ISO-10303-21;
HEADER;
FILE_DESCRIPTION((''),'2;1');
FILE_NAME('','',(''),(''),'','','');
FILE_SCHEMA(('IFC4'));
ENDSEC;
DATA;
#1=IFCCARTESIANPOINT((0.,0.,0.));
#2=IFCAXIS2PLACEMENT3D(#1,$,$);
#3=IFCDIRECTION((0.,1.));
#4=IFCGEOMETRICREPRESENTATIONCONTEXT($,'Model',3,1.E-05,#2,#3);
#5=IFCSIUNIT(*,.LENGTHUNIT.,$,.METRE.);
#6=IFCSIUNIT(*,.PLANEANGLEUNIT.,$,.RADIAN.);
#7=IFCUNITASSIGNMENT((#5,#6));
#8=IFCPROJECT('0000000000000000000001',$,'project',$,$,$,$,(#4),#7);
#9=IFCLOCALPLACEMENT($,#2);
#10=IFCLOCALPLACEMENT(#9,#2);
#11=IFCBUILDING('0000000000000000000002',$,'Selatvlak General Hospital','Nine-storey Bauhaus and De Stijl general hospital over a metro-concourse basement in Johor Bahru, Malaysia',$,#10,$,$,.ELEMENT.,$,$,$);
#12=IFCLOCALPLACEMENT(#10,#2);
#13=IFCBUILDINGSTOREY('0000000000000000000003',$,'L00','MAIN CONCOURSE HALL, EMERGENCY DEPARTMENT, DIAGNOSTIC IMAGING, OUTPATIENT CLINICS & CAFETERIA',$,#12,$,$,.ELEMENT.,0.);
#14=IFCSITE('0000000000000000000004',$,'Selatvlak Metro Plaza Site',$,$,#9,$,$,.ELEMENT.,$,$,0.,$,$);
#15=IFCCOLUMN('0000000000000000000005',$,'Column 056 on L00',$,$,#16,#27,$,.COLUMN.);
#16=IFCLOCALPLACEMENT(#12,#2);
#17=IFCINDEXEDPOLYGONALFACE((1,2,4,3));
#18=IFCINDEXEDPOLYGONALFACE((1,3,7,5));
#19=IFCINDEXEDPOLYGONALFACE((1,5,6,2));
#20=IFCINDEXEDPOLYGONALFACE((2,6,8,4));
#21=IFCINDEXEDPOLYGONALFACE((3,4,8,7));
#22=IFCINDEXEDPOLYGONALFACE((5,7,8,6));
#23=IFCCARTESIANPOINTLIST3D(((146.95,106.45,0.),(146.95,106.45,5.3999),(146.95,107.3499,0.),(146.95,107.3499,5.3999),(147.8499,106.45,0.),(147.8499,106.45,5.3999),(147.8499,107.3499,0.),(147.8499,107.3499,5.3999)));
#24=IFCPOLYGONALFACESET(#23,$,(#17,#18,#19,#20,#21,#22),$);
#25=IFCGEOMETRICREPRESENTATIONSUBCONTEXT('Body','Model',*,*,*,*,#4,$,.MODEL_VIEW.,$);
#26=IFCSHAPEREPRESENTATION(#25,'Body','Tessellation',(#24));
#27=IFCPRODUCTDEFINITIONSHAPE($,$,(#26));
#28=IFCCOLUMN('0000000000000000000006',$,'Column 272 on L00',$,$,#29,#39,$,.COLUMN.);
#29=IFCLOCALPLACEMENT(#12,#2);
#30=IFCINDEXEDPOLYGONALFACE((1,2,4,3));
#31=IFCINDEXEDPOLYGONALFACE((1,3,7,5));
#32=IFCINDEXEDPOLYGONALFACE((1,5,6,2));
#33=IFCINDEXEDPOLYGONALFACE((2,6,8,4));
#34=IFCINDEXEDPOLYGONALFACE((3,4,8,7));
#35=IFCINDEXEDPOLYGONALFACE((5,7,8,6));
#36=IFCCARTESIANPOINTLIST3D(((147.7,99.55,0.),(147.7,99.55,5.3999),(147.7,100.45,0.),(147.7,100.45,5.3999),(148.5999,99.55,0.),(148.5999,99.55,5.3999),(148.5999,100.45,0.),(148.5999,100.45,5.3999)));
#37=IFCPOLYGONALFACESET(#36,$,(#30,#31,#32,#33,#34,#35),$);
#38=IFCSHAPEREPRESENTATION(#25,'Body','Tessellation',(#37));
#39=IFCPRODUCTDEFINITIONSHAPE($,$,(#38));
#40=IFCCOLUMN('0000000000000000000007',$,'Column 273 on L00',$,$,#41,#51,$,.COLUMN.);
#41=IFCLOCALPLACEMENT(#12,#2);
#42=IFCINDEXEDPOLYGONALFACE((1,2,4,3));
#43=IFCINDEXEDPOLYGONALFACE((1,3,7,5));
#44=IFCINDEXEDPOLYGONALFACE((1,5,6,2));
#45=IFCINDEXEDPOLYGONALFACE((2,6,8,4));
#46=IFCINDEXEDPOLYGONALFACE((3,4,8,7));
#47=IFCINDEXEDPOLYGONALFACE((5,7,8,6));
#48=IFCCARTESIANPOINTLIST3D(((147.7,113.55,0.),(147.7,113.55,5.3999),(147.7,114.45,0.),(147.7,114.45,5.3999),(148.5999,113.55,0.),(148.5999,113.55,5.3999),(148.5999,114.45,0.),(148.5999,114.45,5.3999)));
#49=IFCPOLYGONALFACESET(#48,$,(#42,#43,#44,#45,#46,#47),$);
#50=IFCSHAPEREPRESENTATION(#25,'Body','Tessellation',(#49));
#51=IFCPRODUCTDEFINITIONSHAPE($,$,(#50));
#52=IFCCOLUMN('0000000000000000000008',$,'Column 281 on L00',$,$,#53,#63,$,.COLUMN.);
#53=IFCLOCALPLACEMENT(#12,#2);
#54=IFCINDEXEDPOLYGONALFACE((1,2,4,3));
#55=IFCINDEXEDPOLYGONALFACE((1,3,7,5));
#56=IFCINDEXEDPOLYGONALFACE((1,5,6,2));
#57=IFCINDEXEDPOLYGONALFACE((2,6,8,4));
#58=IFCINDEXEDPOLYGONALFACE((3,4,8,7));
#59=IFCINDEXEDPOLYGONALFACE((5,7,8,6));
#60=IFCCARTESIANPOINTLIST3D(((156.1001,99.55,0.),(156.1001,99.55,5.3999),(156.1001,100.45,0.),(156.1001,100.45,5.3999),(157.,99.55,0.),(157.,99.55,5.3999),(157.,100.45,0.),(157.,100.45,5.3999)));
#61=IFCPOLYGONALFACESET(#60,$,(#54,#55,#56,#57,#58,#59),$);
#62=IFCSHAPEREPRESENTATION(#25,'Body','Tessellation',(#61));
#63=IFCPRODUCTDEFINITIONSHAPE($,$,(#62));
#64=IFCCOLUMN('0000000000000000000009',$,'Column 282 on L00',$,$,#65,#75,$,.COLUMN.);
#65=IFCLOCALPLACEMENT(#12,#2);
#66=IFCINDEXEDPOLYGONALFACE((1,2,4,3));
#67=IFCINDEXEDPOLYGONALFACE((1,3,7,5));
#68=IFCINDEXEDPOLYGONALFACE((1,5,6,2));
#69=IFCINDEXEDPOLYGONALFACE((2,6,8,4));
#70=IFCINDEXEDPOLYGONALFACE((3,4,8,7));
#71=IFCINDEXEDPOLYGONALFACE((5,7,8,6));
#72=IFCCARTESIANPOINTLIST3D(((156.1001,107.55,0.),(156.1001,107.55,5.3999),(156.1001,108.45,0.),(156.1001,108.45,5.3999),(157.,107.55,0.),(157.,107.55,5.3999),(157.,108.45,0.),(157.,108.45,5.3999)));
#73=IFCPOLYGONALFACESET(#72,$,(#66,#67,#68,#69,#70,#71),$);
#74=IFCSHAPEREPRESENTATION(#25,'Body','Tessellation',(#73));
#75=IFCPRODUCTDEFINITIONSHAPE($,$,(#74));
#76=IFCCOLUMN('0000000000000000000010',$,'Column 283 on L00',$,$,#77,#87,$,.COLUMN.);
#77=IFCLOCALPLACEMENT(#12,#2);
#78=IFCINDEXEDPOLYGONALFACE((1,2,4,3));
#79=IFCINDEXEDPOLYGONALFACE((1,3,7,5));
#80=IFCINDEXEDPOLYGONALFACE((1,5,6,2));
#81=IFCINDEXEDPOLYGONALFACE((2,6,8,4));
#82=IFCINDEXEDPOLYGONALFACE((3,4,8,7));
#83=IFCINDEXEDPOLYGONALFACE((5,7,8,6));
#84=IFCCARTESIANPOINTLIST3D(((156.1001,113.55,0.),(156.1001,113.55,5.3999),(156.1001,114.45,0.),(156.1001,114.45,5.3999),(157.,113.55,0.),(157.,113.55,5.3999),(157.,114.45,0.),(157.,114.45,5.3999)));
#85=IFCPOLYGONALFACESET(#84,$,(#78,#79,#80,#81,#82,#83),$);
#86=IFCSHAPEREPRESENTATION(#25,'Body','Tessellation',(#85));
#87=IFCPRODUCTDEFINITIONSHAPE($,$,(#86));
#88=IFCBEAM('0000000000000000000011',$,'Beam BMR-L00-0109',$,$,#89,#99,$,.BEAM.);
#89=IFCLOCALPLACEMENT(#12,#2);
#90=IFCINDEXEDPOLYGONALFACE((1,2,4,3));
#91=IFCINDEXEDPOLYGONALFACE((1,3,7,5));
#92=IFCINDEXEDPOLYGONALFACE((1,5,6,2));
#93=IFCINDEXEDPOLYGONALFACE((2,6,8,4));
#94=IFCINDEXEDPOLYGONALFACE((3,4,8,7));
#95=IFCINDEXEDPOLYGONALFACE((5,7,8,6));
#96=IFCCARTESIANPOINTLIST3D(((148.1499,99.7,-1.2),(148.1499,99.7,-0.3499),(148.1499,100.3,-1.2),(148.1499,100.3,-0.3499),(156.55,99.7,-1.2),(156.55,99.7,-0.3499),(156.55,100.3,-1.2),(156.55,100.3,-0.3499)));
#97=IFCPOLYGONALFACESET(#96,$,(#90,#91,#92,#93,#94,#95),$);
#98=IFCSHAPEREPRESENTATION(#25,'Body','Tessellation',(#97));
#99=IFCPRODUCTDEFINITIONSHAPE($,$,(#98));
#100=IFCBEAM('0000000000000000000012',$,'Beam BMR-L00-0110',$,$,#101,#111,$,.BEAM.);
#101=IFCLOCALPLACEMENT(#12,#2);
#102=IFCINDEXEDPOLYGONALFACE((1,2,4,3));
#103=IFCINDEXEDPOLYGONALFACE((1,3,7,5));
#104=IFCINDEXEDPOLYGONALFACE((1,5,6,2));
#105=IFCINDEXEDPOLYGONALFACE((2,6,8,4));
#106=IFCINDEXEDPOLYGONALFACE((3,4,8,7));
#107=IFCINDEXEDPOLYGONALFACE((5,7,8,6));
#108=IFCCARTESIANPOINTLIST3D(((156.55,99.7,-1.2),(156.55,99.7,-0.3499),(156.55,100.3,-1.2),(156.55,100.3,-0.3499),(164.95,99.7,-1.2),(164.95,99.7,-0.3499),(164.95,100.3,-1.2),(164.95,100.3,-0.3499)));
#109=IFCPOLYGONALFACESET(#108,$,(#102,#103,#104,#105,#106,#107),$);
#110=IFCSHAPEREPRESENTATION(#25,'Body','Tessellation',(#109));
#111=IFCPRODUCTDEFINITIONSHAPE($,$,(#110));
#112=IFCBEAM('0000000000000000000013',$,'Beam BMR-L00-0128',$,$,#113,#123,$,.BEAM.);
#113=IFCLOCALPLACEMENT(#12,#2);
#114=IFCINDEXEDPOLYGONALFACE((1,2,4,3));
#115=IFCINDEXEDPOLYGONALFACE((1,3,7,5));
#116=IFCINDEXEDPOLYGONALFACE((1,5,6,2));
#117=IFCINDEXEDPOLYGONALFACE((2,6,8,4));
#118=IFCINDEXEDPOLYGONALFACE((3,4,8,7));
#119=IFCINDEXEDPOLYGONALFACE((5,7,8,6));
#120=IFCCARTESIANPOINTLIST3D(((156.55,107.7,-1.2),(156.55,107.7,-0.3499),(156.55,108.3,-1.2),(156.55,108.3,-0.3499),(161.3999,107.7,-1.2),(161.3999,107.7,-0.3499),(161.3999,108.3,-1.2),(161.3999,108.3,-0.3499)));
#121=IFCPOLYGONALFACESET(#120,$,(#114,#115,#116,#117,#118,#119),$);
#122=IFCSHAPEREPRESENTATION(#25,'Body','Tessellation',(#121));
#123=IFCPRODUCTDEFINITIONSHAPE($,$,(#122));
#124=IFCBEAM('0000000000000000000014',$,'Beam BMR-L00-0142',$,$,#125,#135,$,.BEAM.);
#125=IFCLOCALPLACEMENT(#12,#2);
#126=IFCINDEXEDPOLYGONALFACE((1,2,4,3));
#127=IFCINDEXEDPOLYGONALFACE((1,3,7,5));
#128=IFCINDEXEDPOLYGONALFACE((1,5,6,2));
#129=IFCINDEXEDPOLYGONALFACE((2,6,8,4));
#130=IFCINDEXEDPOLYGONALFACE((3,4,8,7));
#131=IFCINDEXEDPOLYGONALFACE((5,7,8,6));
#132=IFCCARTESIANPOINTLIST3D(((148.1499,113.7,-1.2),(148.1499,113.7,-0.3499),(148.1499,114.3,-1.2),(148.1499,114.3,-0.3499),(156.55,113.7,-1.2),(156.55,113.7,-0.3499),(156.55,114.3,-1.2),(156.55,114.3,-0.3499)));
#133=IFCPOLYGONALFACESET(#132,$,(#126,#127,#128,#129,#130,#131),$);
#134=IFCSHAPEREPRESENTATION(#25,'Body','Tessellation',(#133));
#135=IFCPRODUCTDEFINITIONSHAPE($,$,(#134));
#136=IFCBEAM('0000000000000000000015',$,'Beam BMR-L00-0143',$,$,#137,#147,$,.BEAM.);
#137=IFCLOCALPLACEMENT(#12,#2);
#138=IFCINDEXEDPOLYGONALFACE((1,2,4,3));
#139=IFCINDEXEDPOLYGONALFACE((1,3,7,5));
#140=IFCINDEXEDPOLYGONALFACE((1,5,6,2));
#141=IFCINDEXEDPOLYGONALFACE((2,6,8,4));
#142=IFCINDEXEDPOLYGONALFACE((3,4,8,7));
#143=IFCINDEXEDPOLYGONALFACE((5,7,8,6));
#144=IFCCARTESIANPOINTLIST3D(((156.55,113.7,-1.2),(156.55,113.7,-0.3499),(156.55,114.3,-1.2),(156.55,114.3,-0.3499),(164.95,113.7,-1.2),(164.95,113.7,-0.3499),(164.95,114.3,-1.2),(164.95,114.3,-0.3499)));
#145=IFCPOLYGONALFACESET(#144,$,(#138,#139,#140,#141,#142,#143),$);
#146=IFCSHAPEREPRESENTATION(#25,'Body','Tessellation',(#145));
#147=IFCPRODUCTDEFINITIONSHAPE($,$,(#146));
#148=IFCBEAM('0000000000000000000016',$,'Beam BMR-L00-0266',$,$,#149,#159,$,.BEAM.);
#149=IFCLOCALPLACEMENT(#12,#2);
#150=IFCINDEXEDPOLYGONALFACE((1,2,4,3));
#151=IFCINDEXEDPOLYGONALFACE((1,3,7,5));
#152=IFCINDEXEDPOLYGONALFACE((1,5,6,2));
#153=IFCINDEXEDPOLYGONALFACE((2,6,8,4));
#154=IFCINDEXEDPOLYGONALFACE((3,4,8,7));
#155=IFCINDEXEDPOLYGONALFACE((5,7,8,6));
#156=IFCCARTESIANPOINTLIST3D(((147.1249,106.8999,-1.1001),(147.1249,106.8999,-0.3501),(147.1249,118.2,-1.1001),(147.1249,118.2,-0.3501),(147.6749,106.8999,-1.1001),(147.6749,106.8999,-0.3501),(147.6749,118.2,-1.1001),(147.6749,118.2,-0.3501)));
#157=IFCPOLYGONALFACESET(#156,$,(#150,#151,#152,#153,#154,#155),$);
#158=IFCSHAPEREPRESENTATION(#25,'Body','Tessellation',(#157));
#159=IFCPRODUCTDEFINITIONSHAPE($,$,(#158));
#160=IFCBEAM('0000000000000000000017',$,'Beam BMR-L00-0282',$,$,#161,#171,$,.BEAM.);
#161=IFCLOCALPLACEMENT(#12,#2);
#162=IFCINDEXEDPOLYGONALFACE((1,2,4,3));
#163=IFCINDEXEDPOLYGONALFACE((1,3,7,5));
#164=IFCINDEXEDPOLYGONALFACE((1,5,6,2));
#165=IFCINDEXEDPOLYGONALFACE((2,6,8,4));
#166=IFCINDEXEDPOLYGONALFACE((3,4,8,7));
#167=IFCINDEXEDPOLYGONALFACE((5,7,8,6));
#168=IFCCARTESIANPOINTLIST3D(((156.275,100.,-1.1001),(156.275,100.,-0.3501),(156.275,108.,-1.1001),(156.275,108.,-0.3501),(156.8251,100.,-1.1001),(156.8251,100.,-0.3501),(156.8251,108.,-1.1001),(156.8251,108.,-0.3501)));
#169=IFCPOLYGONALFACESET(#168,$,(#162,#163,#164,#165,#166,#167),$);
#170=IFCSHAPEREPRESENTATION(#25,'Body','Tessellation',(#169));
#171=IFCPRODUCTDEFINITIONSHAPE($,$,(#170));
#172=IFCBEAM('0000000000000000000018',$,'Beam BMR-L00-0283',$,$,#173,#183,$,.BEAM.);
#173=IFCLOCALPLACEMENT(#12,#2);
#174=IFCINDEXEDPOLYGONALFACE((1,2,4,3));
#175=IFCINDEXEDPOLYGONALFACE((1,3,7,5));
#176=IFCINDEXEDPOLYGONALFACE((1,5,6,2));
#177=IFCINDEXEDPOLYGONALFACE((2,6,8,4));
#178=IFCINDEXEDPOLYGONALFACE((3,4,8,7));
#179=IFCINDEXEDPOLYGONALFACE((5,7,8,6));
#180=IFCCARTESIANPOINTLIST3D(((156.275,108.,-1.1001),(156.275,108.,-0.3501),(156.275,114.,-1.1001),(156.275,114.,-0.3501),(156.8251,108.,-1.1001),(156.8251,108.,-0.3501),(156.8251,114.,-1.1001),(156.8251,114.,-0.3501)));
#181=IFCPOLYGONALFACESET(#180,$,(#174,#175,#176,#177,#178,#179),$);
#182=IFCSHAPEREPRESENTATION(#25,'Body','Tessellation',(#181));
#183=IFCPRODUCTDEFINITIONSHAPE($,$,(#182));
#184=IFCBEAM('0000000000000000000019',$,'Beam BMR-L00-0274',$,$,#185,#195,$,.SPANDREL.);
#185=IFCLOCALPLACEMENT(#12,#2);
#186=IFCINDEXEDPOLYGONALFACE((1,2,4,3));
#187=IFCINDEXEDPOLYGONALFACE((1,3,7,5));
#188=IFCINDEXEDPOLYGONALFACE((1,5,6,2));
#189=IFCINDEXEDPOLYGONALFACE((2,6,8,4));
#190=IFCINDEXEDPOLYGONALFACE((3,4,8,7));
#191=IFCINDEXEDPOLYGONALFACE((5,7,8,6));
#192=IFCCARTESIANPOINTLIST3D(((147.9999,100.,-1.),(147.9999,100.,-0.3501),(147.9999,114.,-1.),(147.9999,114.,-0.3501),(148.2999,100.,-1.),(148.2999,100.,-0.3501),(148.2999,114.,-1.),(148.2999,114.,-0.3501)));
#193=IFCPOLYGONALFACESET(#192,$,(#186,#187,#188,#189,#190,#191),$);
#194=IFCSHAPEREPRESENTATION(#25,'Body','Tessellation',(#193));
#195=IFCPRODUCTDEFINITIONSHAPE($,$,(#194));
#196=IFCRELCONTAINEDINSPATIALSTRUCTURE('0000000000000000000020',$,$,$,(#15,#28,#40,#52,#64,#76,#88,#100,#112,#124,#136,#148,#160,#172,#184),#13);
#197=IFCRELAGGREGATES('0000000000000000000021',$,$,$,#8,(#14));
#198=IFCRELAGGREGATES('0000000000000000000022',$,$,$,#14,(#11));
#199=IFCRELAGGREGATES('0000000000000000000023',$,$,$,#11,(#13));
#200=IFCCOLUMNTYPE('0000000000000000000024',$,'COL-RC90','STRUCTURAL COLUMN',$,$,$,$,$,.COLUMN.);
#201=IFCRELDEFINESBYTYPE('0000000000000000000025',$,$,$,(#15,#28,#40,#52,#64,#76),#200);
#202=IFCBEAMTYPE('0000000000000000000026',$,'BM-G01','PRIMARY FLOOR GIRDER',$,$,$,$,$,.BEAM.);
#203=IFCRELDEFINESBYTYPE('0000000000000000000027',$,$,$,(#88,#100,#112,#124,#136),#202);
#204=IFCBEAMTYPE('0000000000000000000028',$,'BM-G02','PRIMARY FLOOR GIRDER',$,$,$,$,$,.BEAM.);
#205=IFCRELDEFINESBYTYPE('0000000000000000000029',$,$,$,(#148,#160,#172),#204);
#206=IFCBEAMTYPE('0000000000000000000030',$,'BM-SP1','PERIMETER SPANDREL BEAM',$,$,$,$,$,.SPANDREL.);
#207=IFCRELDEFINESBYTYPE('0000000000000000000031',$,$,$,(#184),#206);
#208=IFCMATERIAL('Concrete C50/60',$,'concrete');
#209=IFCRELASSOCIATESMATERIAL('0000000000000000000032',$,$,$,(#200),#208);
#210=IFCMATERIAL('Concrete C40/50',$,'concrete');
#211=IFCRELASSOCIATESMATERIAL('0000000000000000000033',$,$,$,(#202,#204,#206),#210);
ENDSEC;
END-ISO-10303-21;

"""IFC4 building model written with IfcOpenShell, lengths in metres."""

from ifc_helpers import new_model, si_unit, direction, frame, origin, origin_2d, place, context, subcontext, project, spatial, rectangle, extrude, material, material_profile, profile_set, type_object, element, save


model = new_model("IFC4")

# Units and contexts
model_context = context("Model", 3, precision=1e-05, world=origin(), true_north=direction((0.0, 1.0)))
body_context = subcontext(model_context, "Body", "Model", "MODEL_VIEW")
ifc_project = project(units=[si_unit("LENGTHUNIT", "METRE"), si_unit("PLANEANGLEUNIT", "RADIAN")], contexts=[model_context])

# Site, building, storey
site_placement = place(None, origin())
site = spatial("IfcSite", under=ifc_project, at=site_placement, Name="Selatvlak Metro Plaza Site", CompositionType="ELEMENT", RefElevation=0.0)
building_placement = place(site_placement, origin())
building = spatial("IfcBuilding", under=site, at=building_placement, Name="Selatvlak General Hospital", Description="Nine-storey Bauhaus and De Stijl general hospital over a metro-concourse basement in Johor Bahru, Malaysia", CompositionType="ELEMENT")
storey_placement = place(building_placement, origin())
storey = spatial("IfcBuildingStorey", under=building, at=storey_placement, Name="L00", Description="MAIN CONCOURSE HALL, EMERGENCY DEPARTMENT, DIAGNOSTIC IMAGING, OUTPATIENT CLINICS & CAFETERIA", CompositionType="ELEMENT", Elevation=0.0)

# Columns
ifc_material_1 = material(Name="Concrete C50/60", Category="concrete")
ifc_material_profile_1 = material_profile(ifc_material_1, rectangle(XDim=0.8999, YDim=0.8999, at=origin_2d()), Name="RC-COL 900x900")
ifc_profile_set_1 = profile_set([ifc_material_profile_1], Name="Concrete C50/60")
column_type = type_object("IfcColumnType", Name="COL-RC90", Description="STRUCTURAL COLUMN", PredefinedType="COLUMN", material=ifc_profile_set_1)
for number, where, z_axis, x_axis, name in (
    (1, (147.3999, 106.8999, 0.0), (0.0, 0.0, 1.0), (1.0, 0.0, 0.0), "Column 056 on L00"),
    (2, (148.1499, 100.0, 0.0), (0.0, 0.0, 1.0), (1.0, 0.0, 0.0), "Column 272 on L00"),
    (3, (148.1499, 114.0, 0.0), (0.0, 0.0, 1.0), (1.0, 0.0, 0.0), "Column 273 on L00"),
    (4, (156.55, 100.0, 0.0), (0.0, 0.0, 1.0), (1.0, 0.0, 0.0), "Column 281 on L00"),
    (5, (156.55, 108.0, 0.0), (0.0, 0.0, 1.0), (1.0, 0.0, 0.0), "Column 282 on L00"),
    (6, (156.55, 114.0, 0.0), (0.0, 0.0, 1.0), (1.0, 0.0, 0.0), "Column 283 on L00"),
):
    element("IfcColumn", number, at=place(storey_placement, frame(where, z_axis=z_axis, x_axis=x_axis)), inside=storey, type_object=column_type, Name=name, PredefinedType="COLUMN", context=body_context, shape_type="SweptSolid", body=[
        extrude(rectangle(XDim=0.8999, YDim=0.8999, at=origin_2d()), origin(), (0.0, 0.0, 1.0), 5.3999),
    ])

# Beams
ifc_material_2 = material(Name="Concrete C40/50", Category="concrete")
ifc_material_profile_2 = material_profile(ifc_material_2, rectangle(XDim=0.6001, YDim=0.8501, at=origin_2d()), Name="RC-BM 600x850")
ifc_profile_set_2 = profile_set([ifc_material_profile_2], Name="Concrete C40/50")
beam_type_1 = type_object("IfcBeamType", Name="BM-G01", Description="PRIMARY FLOOR GIRDER", PredefinedType="BEAM", material=ifc_profile_set_2)
beam_1_placement = place(storey_placement, frame((148.1499, 100.0, -0.7749), z_axis=(1.0, 0.0, 0.0), x_axis=(0.0, 1.0, 0.0)))
element("IfcBeam", 7, at=beam_1_placement, inside=storey, type_object=beam_type_1, Name="Beam BMR-L00-0109", PredefinedType="BEAM", context=body_context, shape_type="SweptSolid", body=[
    extrude(rectangle(XDim=0.6001, YDim=0.8501, at=origin_2d()), origin(), (0.0, 0.0, 1.0), 8.4001),
])
beam_2_placement = place(storey_placement, frame((156.55, 100.0, -0.7749), z_axis=(1.0, 0.0, 0.0), x_axis=(0.0, 1.0, 0.0)))
element("IfcBeam", 8, at=beam_2_placement, inside=storey, type_object=beam_type_1, Name="Beam BMR-L00-0110", PredefinedType="BEAM", context=body_context, shape_type="SweptSolid", body=[
    extrude(rectangle(XDim=0.6001, YDim=0.8501, at=origin_2d()), origin(), (0.0, 0.0, 1.0), 8.3999),
])
beam_3_placement = place(storey_placement, frame((156.55, 108.0, -0.7749), z_axis=(1.0, 0.0, 0.0), x_axis=(0.0, 1.0, 0.0)))
element("IfcBeam", 9, at=beam_3_placement, inside=storey, type_object=beam_type_1, Name="Beam BMR-L00-0128", PredefinedType="BEAM", context=body_context, shape_type="SweptSolid", body=[
    extrude(rectangle(XDim=0.6001, YDim=0.8501, at=origin_2d()), origin(), (0.0, 0.0, 1.0), 4.8499),
])
beam_4_placement = place(storey_placement, frame((148.1499, 114.0, -0.7749), z_axis=(1.0, 0.0, 0.0), x_axis=(0.0, 1.0, 0.0)))
element("IfcBeam", 10, at=beam_4_placement, inside=storey, type_object=beam_type_1, Name="Beam BMR-L00-0142", PredefinedType="BEAM", context=body_context, shape_type="SweptSolid", body=[
    extrude(rectangle(XDim=0.6001, YDim=0.8501, at=origin_2d()), origin(), (0.0, 0.0, 1.0), 8.4001),
])
beam_5_placement = place(storey_placement, frame((156.55, 114.0, -0.7749), z_axis=(1.0, 0.0, 0.0), x_axis=(0.0, 1.0, 0.0)))
element("IfcBeam", 11, at=beam_5_placement, inside=storey, type_object=beam_type_1, Name="Beam BMR-L00-0143", PredefinedType="BEAM", context=body_context, shape_type="SweptSolid", body=[
    extrude(rectangle(XDim=0.6001, YDim=0.8501, at=origin_2d()), origin(), (0.0, 0.0, 1.0), 8.3999),
])
ifc_material_profile_3 = material_profile(ifc_material_2, rectangle(XDim=0.55, YDim=0.75, at=origin_2d()), Name="RC-BM 550x750")
ifc_profile_set_3 = profile_set([ifc_material_profile_3], Name="Concrete C40/50")
beam_type_2 = type_object("IfcBeamType", Name="BM-G02", Description="PRIMARY FLOOR GIRDER", PredefinedType="BEAM", material=ifc_profile_set_3)
beam_6_placement = place(storey_placement, frame((147.3999, 106.8999, -0.7251), z_axis=(0.0, 1.0, 0.0), x_axis=(-1.0, 0.0, 0.0)))
element("IfcBeam", 12, at=beam_6_placement, inside=storey, type_object=beam_type_2, Name="Beam BMR-L00-0266", PredefinedType="BEAM", context=body_context, shape_type="SweptSolid", body=[
    extrude(rectangle(XDim=0.55, YDim=0.75, at=origin_2d()), origin(), (0.0, 0.0, 1.0), 11.3),
])
beam_7_placement = place(storey_placement, frame((156.55, 100.0, -0.7251), z_axis=(0.0, 1.0, 0.0), x_axis=(-1.0, 0.0, 0.0)))
element("IfcBeam", 13, at=beam_7_placement, inside=storey, type_object=beam_type_2, Name="Beam BMR-L00-0282", PredefinedType="BEAM", context=body_context, shape_type="SweptSolid", body=[
    extrude(rectangle(XDim=0.55, YDim=0.75, at=origin_2d()), origin(), (0.0, 0.0, 1.0), 8.0),
])
beam_8_placement = place(storey_placement, frame((156.55, 108.0, -0.7251), z_axis=(0.0, 1.0, 0.0), x_axis=(-1.0, 0.0, 0.0)))
element("IfcBeam", 14, at=beam_8_placement, inside=storey, type_object=beam_type_2, Name="Beam BMR-L00-0283", PredefinedType="BEAM", context=body_context, shape_type="SweptSolid", body=[
    extrude(rectangle(XDim=0.55, YDim=0.75, at=origin_2d()), origin(), (0.0, 0.0, 1.0), 6.0),
])
ifc_material_profile_4 = material_profile(ifc_material_2, rectangle(XDim=0.3, YDim=0.6499, at=origin_2d()), Name="RC-SP 300x650")
ifc_profile_set_4 = profile_set([ifc_material_profile_4], Name="Concrete C40/50")
beam_type_3 = type_object("IfcBeamType", Name="BM-SP1", Description="PERIMETER SPANDREL BEAM", PredefinedType="SPANDREL", material=ifc_profile_set_4)
beam_9_placement = place(storey_placement, frame((148.1499, 100.0, -0.675), z_axis=(0.0, 1.0, 0.0), x_axis=(-1.0, 0.0, 0.0)))
element("IfcBeam", 15, at=beam_9_placement, inside=storey, type_object=beam_type_3, Name="Beam BMR-L00-0274", PredefinedType="SPANDREL", context=body_context, shape_type="SweptSolid", body=[
    extrude(rectangle(XDim=0.3, YDim=0.6499, at=origin_2d()), origin(), (0.0, 0.0, 1.0), 14.0),
])

save(model, "model.ifc")
